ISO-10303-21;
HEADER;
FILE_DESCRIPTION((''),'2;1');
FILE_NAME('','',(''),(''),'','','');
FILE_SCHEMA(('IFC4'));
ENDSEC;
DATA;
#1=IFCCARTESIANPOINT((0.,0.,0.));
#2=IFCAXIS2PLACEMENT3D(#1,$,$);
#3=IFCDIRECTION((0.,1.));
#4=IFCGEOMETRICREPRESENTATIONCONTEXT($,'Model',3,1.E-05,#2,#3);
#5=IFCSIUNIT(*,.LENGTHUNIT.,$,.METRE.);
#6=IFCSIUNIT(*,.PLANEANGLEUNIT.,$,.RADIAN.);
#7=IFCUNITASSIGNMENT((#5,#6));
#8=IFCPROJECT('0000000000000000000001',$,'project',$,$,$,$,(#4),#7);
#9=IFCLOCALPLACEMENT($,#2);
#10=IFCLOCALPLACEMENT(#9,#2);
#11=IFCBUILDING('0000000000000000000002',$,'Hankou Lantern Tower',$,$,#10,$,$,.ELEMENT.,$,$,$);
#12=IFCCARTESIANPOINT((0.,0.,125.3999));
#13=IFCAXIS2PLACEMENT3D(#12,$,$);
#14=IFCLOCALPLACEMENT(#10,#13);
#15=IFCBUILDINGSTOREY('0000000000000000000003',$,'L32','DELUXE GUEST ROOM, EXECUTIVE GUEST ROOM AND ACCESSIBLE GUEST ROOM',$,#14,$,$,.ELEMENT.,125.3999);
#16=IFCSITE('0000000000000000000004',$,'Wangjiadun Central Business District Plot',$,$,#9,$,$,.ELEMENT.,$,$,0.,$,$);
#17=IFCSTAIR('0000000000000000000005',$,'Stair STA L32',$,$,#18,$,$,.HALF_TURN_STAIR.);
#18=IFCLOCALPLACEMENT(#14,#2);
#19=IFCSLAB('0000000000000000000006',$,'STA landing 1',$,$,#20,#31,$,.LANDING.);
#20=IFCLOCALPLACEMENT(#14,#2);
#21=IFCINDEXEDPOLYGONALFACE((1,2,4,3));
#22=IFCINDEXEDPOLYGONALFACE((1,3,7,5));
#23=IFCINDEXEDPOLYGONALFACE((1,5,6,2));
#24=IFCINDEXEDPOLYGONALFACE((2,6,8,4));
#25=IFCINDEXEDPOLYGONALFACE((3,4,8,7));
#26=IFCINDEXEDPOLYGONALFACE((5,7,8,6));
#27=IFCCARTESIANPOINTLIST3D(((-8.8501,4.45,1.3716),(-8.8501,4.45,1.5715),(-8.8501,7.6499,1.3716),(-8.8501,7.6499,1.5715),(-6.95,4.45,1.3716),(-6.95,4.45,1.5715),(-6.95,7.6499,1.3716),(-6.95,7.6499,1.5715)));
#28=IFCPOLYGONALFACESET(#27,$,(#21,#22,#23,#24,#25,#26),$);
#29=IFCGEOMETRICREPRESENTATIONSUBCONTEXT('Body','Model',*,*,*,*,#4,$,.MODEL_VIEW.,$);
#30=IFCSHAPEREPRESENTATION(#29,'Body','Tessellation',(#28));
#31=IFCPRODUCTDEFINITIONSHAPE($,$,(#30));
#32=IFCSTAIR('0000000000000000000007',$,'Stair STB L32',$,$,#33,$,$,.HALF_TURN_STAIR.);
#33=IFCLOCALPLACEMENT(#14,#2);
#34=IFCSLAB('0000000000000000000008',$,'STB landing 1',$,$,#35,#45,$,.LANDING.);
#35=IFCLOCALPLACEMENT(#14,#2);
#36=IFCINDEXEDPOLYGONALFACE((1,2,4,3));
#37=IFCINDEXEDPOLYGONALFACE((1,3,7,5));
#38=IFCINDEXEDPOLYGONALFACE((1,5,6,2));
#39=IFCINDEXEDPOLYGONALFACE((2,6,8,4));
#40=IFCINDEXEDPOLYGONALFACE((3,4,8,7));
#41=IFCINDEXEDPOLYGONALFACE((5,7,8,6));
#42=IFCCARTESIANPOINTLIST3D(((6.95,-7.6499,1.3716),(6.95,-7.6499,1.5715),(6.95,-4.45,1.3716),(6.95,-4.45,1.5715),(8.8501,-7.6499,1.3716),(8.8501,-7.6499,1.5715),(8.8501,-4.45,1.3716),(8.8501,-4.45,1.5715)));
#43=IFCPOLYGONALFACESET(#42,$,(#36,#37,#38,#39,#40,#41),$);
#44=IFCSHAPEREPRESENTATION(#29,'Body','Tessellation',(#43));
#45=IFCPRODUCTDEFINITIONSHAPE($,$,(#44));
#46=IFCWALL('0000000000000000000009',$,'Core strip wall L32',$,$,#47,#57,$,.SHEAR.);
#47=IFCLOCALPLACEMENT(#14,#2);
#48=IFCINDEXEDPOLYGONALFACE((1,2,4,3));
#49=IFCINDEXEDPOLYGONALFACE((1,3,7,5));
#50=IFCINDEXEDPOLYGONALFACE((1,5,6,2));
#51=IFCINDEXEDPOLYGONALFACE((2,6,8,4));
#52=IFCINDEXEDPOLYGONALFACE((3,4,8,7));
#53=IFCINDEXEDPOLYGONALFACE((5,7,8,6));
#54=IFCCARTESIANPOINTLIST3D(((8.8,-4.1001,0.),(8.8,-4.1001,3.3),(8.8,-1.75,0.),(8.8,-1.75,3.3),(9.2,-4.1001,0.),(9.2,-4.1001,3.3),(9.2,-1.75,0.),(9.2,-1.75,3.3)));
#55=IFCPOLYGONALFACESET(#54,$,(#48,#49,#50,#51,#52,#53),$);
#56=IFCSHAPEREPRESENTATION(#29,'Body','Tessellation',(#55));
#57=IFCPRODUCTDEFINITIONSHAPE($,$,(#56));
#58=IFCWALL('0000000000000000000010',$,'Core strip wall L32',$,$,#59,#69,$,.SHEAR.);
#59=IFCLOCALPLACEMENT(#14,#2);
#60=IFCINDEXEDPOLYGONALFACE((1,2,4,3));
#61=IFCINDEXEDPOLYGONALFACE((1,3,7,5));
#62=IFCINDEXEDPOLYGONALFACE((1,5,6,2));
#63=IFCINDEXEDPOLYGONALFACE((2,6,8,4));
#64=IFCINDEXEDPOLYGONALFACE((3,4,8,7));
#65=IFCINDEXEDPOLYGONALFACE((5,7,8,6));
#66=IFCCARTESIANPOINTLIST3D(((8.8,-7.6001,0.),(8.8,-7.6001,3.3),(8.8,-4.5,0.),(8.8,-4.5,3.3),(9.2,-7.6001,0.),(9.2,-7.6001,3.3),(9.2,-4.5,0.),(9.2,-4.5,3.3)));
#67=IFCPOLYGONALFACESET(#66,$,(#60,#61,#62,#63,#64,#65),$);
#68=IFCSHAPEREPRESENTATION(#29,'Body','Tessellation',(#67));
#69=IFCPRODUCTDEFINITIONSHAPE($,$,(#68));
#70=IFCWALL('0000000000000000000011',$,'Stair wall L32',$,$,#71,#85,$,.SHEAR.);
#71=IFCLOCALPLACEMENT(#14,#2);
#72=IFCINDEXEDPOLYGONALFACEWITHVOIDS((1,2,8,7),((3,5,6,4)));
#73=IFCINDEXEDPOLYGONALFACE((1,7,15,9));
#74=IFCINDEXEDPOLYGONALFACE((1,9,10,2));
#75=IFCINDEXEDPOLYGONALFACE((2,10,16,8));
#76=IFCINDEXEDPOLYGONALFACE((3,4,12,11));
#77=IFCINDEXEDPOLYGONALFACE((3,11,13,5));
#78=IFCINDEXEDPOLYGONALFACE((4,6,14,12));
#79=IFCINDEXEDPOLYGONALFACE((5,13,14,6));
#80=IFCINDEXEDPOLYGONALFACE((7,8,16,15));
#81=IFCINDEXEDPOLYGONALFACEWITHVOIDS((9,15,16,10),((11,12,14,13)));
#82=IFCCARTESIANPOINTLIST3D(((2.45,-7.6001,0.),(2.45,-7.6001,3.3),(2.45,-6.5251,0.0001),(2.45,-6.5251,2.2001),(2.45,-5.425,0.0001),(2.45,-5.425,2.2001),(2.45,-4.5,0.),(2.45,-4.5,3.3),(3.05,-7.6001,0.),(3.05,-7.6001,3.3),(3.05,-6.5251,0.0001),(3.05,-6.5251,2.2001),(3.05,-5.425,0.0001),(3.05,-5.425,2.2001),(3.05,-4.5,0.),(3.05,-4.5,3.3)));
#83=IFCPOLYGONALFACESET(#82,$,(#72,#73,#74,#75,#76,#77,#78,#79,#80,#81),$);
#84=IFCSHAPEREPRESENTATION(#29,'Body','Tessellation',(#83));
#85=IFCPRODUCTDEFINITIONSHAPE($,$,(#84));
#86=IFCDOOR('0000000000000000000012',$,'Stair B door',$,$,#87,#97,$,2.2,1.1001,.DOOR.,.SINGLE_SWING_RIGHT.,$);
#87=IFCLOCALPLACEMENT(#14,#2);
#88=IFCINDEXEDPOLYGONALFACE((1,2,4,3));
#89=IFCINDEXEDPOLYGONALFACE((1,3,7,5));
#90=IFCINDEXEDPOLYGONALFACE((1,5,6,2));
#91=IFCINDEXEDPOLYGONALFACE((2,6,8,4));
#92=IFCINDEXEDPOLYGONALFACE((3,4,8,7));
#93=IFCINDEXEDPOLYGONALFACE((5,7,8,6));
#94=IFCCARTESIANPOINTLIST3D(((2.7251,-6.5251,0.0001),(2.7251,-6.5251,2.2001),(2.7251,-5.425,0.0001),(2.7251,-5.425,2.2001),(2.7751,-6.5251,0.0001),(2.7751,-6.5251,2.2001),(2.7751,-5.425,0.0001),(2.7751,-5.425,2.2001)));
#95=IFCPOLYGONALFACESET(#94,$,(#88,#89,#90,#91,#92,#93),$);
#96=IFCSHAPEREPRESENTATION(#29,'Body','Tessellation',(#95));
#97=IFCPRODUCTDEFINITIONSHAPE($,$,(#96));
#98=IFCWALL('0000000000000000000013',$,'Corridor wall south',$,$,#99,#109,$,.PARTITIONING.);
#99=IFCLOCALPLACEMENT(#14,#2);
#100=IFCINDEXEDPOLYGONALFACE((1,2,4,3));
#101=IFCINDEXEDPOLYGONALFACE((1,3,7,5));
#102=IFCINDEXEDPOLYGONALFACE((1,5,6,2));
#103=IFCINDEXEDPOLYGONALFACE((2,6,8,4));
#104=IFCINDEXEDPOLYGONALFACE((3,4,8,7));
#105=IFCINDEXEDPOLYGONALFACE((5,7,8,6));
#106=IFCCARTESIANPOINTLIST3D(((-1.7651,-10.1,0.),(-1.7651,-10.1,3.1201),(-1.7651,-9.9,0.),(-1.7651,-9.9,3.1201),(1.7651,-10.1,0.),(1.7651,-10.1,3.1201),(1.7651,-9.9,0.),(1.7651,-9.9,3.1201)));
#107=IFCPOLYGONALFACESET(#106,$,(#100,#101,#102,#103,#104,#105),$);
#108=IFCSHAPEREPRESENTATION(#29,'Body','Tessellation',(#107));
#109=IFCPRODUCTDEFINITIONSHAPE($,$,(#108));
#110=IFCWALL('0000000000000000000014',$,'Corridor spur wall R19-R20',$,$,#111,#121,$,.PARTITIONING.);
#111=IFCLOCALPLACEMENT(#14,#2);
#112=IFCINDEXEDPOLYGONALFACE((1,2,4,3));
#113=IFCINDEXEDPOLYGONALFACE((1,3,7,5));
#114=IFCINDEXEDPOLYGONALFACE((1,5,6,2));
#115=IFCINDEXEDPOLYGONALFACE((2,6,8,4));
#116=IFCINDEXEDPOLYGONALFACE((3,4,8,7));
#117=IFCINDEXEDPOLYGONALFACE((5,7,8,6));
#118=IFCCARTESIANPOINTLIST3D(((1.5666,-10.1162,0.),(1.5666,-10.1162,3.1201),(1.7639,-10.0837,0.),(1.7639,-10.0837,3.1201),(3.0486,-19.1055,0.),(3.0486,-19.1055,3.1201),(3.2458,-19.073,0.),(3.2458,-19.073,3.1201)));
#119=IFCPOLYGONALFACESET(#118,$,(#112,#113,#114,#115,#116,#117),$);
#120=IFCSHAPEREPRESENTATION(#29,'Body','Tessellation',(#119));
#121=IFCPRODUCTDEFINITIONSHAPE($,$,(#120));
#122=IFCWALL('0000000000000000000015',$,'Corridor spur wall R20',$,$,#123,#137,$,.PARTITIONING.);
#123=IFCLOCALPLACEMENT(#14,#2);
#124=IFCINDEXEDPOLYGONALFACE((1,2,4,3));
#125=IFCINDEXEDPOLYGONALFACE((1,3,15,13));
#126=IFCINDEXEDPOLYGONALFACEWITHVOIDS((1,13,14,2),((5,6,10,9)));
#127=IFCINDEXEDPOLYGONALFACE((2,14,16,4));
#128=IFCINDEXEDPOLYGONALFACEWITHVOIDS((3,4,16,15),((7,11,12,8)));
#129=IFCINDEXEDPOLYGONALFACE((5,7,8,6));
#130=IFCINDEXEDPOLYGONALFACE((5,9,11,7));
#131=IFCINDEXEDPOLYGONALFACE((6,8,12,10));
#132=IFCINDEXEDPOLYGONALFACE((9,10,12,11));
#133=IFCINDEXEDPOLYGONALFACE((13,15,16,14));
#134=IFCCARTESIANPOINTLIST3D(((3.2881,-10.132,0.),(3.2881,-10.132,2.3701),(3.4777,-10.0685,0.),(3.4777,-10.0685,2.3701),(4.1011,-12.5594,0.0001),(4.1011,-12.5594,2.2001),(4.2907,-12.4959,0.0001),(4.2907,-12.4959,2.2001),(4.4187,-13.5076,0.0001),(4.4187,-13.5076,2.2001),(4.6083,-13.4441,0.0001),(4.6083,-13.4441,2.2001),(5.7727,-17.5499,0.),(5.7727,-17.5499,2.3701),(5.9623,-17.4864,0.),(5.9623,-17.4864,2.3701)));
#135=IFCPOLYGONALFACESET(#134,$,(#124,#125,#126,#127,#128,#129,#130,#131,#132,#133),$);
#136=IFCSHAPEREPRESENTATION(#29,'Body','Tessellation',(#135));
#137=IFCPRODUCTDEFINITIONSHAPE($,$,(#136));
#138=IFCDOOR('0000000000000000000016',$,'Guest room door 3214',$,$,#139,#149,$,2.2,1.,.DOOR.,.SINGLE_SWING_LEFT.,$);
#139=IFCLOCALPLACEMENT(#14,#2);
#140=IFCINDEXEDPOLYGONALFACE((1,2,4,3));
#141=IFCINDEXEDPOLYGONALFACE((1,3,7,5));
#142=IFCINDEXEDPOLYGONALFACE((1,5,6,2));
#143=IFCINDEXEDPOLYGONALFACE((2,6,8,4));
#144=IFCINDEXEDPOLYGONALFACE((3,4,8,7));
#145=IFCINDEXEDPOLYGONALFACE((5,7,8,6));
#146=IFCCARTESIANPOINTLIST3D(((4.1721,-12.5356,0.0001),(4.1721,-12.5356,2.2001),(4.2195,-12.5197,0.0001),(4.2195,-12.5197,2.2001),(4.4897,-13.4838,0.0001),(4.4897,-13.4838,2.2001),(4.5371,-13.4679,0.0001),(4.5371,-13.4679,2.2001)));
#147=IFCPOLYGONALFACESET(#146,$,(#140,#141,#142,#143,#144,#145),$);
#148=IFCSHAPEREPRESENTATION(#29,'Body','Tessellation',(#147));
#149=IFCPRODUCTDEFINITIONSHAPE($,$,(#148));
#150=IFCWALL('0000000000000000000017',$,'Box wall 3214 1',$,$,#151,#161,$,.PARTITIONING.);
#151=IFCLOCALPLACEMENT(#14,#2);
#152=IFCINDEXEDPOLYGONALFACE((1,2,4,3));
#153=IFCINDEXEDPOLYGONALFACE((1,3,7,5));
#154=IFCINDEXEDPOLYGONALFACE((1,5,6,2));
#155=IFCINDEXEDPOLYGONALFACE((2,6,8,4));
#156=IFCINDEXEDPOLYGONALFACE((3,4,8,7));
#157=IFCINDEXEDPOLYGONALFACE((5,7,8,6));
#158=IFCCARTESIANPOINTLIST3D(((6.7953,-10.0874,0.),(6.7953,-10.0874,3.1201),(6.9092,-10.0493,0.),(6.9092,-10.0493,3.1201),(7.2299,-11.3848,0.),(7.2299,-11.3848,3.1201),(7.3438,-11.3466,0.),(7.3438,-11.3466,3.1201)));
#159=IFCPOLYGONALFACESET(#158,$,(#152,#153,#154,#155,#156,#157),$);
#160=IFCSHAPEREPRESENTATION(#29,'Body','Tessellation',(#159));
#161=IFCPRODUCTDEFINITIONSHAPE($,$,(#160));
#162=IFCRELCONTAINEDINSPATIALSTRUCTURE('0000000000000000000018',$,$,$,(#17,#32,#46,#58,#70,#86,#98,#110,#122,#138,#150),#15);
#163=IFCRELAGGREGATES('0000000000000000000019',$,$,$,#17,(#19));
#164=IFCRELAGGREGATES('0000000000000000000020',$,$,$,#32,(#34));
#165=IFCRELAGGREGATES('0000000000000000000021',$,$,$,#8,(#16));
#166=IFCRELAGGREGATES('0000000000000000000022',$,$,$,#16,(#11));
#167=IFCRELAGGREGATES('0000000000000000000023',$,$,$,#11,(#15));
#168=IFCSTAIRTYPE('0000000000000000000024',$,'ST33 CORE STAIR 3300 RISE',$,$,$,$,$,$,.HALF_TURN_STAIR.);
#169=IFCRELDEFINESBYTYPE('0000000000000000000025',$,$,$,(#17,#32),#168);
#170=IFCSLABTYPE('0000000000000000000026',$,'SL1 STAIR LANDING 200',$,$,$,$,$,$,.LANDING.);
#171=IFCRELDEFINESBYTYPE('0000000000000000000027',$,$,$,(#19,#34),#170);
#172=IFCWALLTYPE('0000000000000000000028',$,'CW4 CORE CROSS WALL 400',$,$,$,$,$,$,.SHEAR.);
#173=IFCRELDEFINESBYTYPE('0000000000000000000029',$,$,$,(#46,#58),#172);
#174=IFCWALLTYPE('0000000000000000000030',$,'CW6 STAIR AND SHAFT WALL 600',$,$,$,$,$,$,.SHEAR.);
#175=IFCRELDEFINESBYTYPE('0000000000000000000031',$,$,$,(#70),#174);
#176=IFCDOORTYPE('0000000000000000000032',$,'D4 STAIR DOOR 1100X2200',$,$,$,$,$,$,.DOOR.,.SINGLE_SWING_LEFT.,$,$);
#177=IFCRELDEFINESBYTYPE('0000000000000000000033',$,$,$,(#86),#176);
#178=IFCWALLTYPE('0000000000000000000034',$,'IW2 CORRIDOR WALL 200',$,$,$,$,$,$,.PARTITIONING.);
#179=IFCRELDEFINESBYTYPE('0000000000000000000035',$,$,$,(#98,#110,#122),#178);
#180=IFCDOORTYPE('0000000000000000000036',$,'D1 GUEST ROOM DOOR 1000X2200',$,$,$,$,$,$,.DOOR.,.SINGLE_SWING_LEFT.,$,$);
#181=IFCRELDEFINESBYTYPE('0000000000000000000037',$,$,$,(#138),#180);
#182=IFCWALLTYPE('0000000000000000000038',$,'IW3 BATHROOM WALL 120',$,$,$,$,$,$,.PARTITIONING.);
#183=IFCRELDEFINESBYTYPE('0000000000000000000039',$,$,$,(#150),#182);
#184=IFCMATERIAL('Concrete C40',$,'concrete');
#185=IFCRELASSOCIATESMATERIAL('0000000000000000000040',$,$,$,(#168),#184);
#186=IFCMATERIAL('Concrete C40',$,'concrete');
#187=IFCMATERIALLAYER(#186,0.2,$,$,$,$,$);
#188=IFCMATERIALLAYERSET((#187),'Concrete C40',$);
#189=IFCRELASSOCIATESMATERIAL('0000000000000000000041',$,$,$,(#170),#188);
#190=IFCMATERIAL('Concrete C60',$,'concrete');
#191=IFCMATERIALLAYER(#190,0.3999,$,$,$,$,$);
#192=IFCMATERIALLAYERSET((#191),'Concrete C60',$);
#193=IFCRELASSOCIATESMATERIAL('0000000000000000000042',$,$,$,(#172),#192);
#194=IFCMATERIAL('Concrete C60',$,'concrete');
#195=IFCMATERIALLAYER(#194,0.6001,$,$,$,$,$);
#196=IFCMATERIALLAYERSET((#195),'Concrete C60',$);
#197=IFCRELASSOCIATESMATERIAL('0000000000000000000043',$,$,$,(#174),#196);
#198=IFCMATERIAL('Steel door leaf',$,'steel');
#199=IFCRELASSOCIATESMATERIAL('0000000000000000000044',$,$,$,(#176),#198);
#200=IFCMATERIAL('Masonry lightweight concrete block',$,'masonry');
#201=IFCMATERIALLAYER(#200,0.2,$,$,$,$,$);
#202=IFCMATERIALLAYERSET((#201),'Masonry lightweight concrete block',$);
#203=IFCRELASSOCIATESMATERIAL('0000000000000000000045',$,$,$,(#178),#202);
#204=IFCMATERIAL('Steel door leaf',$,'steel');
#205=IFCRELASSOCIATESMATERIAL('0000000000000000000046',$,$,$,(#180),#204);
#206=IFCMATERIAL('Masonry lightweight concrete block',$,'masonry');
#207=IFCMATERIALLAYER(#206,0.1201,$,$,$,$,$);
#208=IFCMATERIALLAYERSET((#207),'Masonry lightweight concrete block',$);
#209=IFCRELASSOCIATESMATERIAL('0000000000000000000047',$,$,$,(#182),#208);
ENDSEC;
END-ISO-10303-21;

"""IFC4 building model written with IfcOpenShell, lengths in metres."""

from ifc_helpers import new_model, si_unit, direction, frame, frame_2d, origin, place, context, subcontext, project, spatial, polyline, rectangle, outline, extrude, material, layer, layer_set, type_object, element, fill, aggregate, save


model = new_model("IFC4")

# Units and contexts
model_context = context("Model", 3, precision=1e-05, world=origin(), true_north=direction((0.0, 1.0)))
body_context = subcontext(model_context, "Body", "Model", "MODEL_VIEW")
ifc_project = project(units=[si_unit("LENGTHUNIT", "METRE"), si_unit("PLANEANGLEUNIT", "RADIAN")], contexts=[model_context])

# Site, building, storey
site_placement = place(None, origin())
site = spatial("IfcSite", under=ifc_project, at=site_placement, Name="Wangjiadun Central Business District Plot", CompositionType="ELEMENT", RefElevation=0.0)
building_placement = place(site_placement, origin())
building = spatial("IfcBuilding", under=site, at=building_placement, Name="Hankou Lantern Tower", CompositionType="ELEMENT")
storey_placement = place(building_placement, frame((0.0, 0.0, 125.3999)))
storey = spatial("IfcBuildingStorey", under=building, at=storey_placement, Name="L32", Description="DELUXE GUEST ROOM, EXECUTIVE GUEST ROOM AND ACCESSIBLE GUEST ROOM", CompositionType="ELEMENT", Elevation=125.3999)

# Stairs, slabs
ifc_material_1 = material(Name="Concrete C40", Category="concrete")
stair_type = type_object("IfcStairType", Name="ST33 CORE STAIR 3300 RISE", PredefinedType="HALF_TURN_STAIR", material=ifc_material_1)
stair_1_placement = place(storey_placement, origin())
stair_1 = element("IfcStair", 1, at=stair_1_placement, inside=storey, type_object=stair_type, Name="Stair STA L32", PredefinedType="HALF_TURN_STAIR")
ifc_material_2 = material(Name="Concrete C40", Category="concrete")
ifc_layer_1 = layer(ifc_material_2, 0.2)
ifc_layer_set_1 = layer_set([ifc_layer_1], Name="Concrete C40")
slab_type = type_object("IfcSlabType", Name="SL1 STAIR LANDING 200", PredefinedType="LANDING", material=ifc_layer_set_1)
slab_1_placement = place(storey_placement, frame((0.0, 0.0, 1.3716)))
slab_1 = element("IfcSlab", 2, at=slab_1_placement, type_object=slab_type, Name="STA landing 1", PredefinedType="LANDING", context=body_context, shape_type="SweptSolid", body=[
    extrude(outline(polyline([(-8.8501, 4.45), (-6.95, 4.45), (-6.95, 7.6499), (-8.8501, 7.6499), (-8.8501, 4.45)])), origin(), (0.0, 0.0, 1.0), 0.2),
])
aggregate(stair_1, [slab_1])
stair_2_placement = place(storey_placement, origin())
stair_2 = element("IfcStair", 3, at=stair_2_placement, inside=storey, type_object=stair_type, Name="Stair STB L32", PredefinedType="HALF_TURN_STAIR")
slab_2_placement = place(storey_placement, frame((0.0, 0.0, 1.3716)))
slab_2 = element("IfcSlab", 4, at=slab_2_placement, type_object=slab_type, Name="STB landing 1", PredefinedType="LANDING", context=body_context, shape_type="SweptSolid", body=[
    extrude(outline(polyline([(8.8501, -4.45), (6.95, -4.45), (6.95, -7.6499), (8.8501, -7.6499), (8.8501, -4.45)])), origin(), (0.0, 0.0, 1.0), 0.2),
])

# Walls
ifc_material_3 = material(Name="Concrete C60", Category="concrete")
ifc_layer_2 = layer(ifc_material_3, 0.3999)
ifc_layer_set_2 = layer_set([ifc_layer_2], Name="Concrete C60")
wall_type_1 = type_object("IfcWallType", Name="CW4 CORE CROSS WALL 400", PredefinedType="SHEAR", material=ifc_layer_set_2)
wall_1_placement = place(storey_placement, frame((9.0, -4.1001, 0.0), z_axis=(0.0, 0.0, 1.0), x_axis=(0.0, 1.0, 0.0)))
element("IfcWall", 5, at=wall_1_placement, inside=storey, type_object=wall_type_1, Name="Core strip wall L32", PredefinedType="SHEAR", context=body_context, shape_type="SweptSolid", body=[
    extrude(rectangle(XDim=2.3501, YDim=0.3999, at=frame_2d((1.175, 0.0))), origin(), (0.0, 0.0, 1.0), 3.3),
])
wall_2_placement = place(storey_placement, frame((9.0, -7.6001, 0.0), z_axis=(0.0, 0.0, 1.0), x_axis=(0.0, 1.0, 0.0)))
element("IfcWall", 6, at=wall_2_placement, inside=storey, type_object=wall_type_1, Name="Core strip wall L32", PredefinedType="SHEAR", context=body_context, shape_type="SweptSolid", body=[
    extrude(rectangle(XDim=3.1001, YDim=0.3999, at=frame_2d((1.55, 0.0))), origin(), (0.0, 0.0, 1.0), 3.3),
])

# Wall, opening, door
ifc_material_4 = material(Name="Concrete C60", Category="concrete")
ifc_layer_3 = layer(ifc_material_4, 0.6001)
ifc_layer_set_3 = layer_set([ifc_layer_3], Name="Concrete C60")
wall_type_2 = type_object("IfcWallType", Name="CW6 STAIR AND SHAFT WALL 600", PredefinedType="SHEAR", material=ifc_layer_set_3)
wall_3_placement = place(storey_placement, frame((2.75, -7.6001, 0.0), z_axis=(0.0, 0.0, 1.0), x_axis=(0.0, 1.0, 0.0)))
wall_3 = element("IfcWall", 7, at=wall_3_placement, inside=storey, type_object=wall_type_2, Name="Stair wall L32", PredefinedType="SHEAR", context=body_context, shape_type="SweptSolid", body=[
    extrude(rectangle(XDim=3.1001, YDim=0.6001, at=frame_2d((1.55, 0.0))), origin(), (0.0, 0.0, 1.0), 3.3),
])
opening_1_placement = place(wall_3_placement, frame((1.075, 0.0, 0.0)))
opening_1 = element("IfcOpeningElement", 8, at=opening_1_placement, cuts=wall_3, PredefinedType="OPENING", context=body_context, shape_type="SweptSolid", body=[
    extrude(rectangle(XDim=1.1001, YDim=2.2, at=frame_2d((0.55, 1.1001))), frame((0.0, 0.3101, 0.0), z_axis=(0.0, -1.0, 0.0), x_axis=(1.0, 0.0, 0.0)), (0.0, 0.0, 1.0), 0.6201),
])
ifc_material_5 = material(Name="Steel door leaf", Category="steel")
door_type_1 = type_object("IfcDoorType", Name="D4 STAIR DOOR 1100X2200", OperationType="SINGLE_SWING_LEFT", PredefinedType="DOOR", material=ifc_material_5)
door_1_placement = place(opening_1_placement, origin())
door_1 = element("IfcDoor", 9, at=door_1_placement, inside=storey, type_object=door_type_1, Name="Stair B door", OperationType="SINGLE_SWING_RIGHT", OverallHeight=2.2, OverallWidth=1.1001, PredefinedType="DOOR", context=body_context, shape_type="SweptSolid", body=[
    extrude(rectangle(XDim=1.1001, YDim=2.2, at=frame_2d((0.55, 1.1001))), frame((0.0, 0.0249, 0.0), z_axis=(0.0, -1.0, 0.0), x_axis=(1.0, 0.0, 0.0)), (0.0, 0.0, 1.0), 0.05),
])
fill(opening_1, door_1)

# Walls
ifc_material_6 = material(Name="Masonry lightweight concrete block", Category="masonry")
ifc_layer_4 = layer(ifc_material_6, 0.2)
ifc_layer_set_4 = layer_set([ifc_layer_4], Name="Masonry lightweight concrete block")
wall_type_3 = type_object("IfcWallType", Name="IW2 CORRIDOR WALL 200", PredefinedType="PARTITIONING", material=ifc_layer_set_4)
wall_4_placement = place(storey_placement, frame((1.7651, -10.0, 0.0), z_axis=(0.0, 0.0, 1.0), x_axis=(-1.0, 0.0, 0.0)))
element("IfcWall", 10, at=wall_4_placement, inside=storey, type_object=wall_type_3, Name="Corridor wall south", PredefinedType="PARTITIONING", context=body_context, shape_type="SweptSolid", body=[
    extrude(rectangle(XDim=3.5303, YDim=0.2, at=frame_2d((1.7651, 0.0))), origin(), (0.0, 0.0, 1.0), 3.1201),
])
wall_5_placement = place(storey_placement, frame((1.6653, -10.1001, 0.0), z_axis=(0.0, 0.0, 1.0), x_axis=(0.162661, -0.986682, 0.0)))
element("IfcWall", 11, at=wall_5_placement, inside=storey, type_object=wall_type_3, Name="Corridor spur wall R19-R20", PredefinedType="PARTITIONING", context=body_context, shape_type="SweptSolid", body=[
    extrude(rectangle(XDim=9.1106, YDim=0.2, at=frame_2d((4.5552, 0.0))), origin(), (0.0, 0.0, 1.0), 3.1201),
])

# Wall, opening, door
wall_6_placement = place(storey_placement, frame((3.3828, -10.1001, 0.0), z_axis=(0.0, 0.0, 1.0), x_axis=(0.317604, -0.948224, 0.0)))
wall_6 = element("IfcWall", 12, at=wall_6_placement, inside=storey, type_object=wall_type_3, Name="Corridor spur wall R20", PredefinedType="PARTITIONING", context=body_context, shape_type="SweptSolid", body=[
    extrude(rectangle(XDim=7.823, YDim=0.2, at=frame_2d((3.9116, 0.0))), origin(), (0.0, 0.0, 1.0), 2.3701),
])
opening_2_placement = place(wall_6_placement, frame((2.5601, 0.0, 0.0)))
opening_2 = element("IfcOpeningElement", 13, at=opening_2_placement, cuts=wall_6, PredefinedType="OPENING", context=body_context, shape_type="SweptSolid", body=[
    extrude(rectangle(XDim=1.0, YDim=2.2, at=frame_2d((0.5, 1.1001))), frame((0.0, 0.1099, 0.0), z_axis=(0.0, -1.0, 0.0), x_axis=(1.0, 0.0, 0.0)), (0.0, 0.0, 1.0), 0.22),
])
ifc_material_7 = material(Name="Steel door leaf", Category="steel")
door_type_2 = type_object("IfcDoorType", Name="D1 GUEST ROOM DOOR 1000X2200", OperationType="SINGLE_SWING_LEFT", PredefinedType="DOOR", material=ifc_material_7)
door_2_placement = place(opening_2_placement, origin())
door_2 = element("IfcDoor", 14, at=door_2_placement, inside=storey, type_object=door_type_2, Name="Guest room door 3214", OperationType="SINGLE_SWING_LEFT", OverallHeight=2.2, OverallWidth=1.0, PredefinedType="DOOR", context=body_context, shape_type="SweptSolid", body=[
    extrude(rectangle(XDim=1.0, YDim=2.2, at=frame_2d((0.5, 1.1001))), frame((0.0, 0.0249, 0.0), z_axis=(0.0, -1.0, 0.0), x_axis=(1.0, 0.0, 0.0)), (0.0, 0.0, 1.0), 0.05),
])
fill(opening_2, door_2)

# Wall
ifc_material_8 = material(Name="Masonry lightweight concrete block", Category="masonry")
ifc_layer_5 = layer(ifc_material_8, 0.1201)
ifc_layer_set_5 = layer_set([ifc_layer_5], Name="Masonry lightweight concrete block")
wall_type_4 = type_object("IfcWallType", Name="IW3 BATHROOM WALL 120", PredefinedType="PARTITIONING", material=ifc_layer_set_5)
wall_7_placement = place(storey_placement, frame((6.8523, -10.0684, 0.0), z_axis=(0.0, 0.0, 1.0), x_axis=(0.317619, -0.948218, 0.0)))
element("IfcWall", 15, at=wall_7_placement, inside=storey, type_object=wall_type_4, Name="Box wall 3214 1", PredefinedType="PARTITIONING", context=body_context, shape_type="SweptSolid", body=[
    extrude(rectangle(XDim=1.3682, YDim=0.1201, at=frame_2d((0.6841, 0.0))), origin(), (0.0, 0.0, 1.0), 3.1201),
])

aggregate(stair_2, [slab_2])

save(model, "model.ifc")
